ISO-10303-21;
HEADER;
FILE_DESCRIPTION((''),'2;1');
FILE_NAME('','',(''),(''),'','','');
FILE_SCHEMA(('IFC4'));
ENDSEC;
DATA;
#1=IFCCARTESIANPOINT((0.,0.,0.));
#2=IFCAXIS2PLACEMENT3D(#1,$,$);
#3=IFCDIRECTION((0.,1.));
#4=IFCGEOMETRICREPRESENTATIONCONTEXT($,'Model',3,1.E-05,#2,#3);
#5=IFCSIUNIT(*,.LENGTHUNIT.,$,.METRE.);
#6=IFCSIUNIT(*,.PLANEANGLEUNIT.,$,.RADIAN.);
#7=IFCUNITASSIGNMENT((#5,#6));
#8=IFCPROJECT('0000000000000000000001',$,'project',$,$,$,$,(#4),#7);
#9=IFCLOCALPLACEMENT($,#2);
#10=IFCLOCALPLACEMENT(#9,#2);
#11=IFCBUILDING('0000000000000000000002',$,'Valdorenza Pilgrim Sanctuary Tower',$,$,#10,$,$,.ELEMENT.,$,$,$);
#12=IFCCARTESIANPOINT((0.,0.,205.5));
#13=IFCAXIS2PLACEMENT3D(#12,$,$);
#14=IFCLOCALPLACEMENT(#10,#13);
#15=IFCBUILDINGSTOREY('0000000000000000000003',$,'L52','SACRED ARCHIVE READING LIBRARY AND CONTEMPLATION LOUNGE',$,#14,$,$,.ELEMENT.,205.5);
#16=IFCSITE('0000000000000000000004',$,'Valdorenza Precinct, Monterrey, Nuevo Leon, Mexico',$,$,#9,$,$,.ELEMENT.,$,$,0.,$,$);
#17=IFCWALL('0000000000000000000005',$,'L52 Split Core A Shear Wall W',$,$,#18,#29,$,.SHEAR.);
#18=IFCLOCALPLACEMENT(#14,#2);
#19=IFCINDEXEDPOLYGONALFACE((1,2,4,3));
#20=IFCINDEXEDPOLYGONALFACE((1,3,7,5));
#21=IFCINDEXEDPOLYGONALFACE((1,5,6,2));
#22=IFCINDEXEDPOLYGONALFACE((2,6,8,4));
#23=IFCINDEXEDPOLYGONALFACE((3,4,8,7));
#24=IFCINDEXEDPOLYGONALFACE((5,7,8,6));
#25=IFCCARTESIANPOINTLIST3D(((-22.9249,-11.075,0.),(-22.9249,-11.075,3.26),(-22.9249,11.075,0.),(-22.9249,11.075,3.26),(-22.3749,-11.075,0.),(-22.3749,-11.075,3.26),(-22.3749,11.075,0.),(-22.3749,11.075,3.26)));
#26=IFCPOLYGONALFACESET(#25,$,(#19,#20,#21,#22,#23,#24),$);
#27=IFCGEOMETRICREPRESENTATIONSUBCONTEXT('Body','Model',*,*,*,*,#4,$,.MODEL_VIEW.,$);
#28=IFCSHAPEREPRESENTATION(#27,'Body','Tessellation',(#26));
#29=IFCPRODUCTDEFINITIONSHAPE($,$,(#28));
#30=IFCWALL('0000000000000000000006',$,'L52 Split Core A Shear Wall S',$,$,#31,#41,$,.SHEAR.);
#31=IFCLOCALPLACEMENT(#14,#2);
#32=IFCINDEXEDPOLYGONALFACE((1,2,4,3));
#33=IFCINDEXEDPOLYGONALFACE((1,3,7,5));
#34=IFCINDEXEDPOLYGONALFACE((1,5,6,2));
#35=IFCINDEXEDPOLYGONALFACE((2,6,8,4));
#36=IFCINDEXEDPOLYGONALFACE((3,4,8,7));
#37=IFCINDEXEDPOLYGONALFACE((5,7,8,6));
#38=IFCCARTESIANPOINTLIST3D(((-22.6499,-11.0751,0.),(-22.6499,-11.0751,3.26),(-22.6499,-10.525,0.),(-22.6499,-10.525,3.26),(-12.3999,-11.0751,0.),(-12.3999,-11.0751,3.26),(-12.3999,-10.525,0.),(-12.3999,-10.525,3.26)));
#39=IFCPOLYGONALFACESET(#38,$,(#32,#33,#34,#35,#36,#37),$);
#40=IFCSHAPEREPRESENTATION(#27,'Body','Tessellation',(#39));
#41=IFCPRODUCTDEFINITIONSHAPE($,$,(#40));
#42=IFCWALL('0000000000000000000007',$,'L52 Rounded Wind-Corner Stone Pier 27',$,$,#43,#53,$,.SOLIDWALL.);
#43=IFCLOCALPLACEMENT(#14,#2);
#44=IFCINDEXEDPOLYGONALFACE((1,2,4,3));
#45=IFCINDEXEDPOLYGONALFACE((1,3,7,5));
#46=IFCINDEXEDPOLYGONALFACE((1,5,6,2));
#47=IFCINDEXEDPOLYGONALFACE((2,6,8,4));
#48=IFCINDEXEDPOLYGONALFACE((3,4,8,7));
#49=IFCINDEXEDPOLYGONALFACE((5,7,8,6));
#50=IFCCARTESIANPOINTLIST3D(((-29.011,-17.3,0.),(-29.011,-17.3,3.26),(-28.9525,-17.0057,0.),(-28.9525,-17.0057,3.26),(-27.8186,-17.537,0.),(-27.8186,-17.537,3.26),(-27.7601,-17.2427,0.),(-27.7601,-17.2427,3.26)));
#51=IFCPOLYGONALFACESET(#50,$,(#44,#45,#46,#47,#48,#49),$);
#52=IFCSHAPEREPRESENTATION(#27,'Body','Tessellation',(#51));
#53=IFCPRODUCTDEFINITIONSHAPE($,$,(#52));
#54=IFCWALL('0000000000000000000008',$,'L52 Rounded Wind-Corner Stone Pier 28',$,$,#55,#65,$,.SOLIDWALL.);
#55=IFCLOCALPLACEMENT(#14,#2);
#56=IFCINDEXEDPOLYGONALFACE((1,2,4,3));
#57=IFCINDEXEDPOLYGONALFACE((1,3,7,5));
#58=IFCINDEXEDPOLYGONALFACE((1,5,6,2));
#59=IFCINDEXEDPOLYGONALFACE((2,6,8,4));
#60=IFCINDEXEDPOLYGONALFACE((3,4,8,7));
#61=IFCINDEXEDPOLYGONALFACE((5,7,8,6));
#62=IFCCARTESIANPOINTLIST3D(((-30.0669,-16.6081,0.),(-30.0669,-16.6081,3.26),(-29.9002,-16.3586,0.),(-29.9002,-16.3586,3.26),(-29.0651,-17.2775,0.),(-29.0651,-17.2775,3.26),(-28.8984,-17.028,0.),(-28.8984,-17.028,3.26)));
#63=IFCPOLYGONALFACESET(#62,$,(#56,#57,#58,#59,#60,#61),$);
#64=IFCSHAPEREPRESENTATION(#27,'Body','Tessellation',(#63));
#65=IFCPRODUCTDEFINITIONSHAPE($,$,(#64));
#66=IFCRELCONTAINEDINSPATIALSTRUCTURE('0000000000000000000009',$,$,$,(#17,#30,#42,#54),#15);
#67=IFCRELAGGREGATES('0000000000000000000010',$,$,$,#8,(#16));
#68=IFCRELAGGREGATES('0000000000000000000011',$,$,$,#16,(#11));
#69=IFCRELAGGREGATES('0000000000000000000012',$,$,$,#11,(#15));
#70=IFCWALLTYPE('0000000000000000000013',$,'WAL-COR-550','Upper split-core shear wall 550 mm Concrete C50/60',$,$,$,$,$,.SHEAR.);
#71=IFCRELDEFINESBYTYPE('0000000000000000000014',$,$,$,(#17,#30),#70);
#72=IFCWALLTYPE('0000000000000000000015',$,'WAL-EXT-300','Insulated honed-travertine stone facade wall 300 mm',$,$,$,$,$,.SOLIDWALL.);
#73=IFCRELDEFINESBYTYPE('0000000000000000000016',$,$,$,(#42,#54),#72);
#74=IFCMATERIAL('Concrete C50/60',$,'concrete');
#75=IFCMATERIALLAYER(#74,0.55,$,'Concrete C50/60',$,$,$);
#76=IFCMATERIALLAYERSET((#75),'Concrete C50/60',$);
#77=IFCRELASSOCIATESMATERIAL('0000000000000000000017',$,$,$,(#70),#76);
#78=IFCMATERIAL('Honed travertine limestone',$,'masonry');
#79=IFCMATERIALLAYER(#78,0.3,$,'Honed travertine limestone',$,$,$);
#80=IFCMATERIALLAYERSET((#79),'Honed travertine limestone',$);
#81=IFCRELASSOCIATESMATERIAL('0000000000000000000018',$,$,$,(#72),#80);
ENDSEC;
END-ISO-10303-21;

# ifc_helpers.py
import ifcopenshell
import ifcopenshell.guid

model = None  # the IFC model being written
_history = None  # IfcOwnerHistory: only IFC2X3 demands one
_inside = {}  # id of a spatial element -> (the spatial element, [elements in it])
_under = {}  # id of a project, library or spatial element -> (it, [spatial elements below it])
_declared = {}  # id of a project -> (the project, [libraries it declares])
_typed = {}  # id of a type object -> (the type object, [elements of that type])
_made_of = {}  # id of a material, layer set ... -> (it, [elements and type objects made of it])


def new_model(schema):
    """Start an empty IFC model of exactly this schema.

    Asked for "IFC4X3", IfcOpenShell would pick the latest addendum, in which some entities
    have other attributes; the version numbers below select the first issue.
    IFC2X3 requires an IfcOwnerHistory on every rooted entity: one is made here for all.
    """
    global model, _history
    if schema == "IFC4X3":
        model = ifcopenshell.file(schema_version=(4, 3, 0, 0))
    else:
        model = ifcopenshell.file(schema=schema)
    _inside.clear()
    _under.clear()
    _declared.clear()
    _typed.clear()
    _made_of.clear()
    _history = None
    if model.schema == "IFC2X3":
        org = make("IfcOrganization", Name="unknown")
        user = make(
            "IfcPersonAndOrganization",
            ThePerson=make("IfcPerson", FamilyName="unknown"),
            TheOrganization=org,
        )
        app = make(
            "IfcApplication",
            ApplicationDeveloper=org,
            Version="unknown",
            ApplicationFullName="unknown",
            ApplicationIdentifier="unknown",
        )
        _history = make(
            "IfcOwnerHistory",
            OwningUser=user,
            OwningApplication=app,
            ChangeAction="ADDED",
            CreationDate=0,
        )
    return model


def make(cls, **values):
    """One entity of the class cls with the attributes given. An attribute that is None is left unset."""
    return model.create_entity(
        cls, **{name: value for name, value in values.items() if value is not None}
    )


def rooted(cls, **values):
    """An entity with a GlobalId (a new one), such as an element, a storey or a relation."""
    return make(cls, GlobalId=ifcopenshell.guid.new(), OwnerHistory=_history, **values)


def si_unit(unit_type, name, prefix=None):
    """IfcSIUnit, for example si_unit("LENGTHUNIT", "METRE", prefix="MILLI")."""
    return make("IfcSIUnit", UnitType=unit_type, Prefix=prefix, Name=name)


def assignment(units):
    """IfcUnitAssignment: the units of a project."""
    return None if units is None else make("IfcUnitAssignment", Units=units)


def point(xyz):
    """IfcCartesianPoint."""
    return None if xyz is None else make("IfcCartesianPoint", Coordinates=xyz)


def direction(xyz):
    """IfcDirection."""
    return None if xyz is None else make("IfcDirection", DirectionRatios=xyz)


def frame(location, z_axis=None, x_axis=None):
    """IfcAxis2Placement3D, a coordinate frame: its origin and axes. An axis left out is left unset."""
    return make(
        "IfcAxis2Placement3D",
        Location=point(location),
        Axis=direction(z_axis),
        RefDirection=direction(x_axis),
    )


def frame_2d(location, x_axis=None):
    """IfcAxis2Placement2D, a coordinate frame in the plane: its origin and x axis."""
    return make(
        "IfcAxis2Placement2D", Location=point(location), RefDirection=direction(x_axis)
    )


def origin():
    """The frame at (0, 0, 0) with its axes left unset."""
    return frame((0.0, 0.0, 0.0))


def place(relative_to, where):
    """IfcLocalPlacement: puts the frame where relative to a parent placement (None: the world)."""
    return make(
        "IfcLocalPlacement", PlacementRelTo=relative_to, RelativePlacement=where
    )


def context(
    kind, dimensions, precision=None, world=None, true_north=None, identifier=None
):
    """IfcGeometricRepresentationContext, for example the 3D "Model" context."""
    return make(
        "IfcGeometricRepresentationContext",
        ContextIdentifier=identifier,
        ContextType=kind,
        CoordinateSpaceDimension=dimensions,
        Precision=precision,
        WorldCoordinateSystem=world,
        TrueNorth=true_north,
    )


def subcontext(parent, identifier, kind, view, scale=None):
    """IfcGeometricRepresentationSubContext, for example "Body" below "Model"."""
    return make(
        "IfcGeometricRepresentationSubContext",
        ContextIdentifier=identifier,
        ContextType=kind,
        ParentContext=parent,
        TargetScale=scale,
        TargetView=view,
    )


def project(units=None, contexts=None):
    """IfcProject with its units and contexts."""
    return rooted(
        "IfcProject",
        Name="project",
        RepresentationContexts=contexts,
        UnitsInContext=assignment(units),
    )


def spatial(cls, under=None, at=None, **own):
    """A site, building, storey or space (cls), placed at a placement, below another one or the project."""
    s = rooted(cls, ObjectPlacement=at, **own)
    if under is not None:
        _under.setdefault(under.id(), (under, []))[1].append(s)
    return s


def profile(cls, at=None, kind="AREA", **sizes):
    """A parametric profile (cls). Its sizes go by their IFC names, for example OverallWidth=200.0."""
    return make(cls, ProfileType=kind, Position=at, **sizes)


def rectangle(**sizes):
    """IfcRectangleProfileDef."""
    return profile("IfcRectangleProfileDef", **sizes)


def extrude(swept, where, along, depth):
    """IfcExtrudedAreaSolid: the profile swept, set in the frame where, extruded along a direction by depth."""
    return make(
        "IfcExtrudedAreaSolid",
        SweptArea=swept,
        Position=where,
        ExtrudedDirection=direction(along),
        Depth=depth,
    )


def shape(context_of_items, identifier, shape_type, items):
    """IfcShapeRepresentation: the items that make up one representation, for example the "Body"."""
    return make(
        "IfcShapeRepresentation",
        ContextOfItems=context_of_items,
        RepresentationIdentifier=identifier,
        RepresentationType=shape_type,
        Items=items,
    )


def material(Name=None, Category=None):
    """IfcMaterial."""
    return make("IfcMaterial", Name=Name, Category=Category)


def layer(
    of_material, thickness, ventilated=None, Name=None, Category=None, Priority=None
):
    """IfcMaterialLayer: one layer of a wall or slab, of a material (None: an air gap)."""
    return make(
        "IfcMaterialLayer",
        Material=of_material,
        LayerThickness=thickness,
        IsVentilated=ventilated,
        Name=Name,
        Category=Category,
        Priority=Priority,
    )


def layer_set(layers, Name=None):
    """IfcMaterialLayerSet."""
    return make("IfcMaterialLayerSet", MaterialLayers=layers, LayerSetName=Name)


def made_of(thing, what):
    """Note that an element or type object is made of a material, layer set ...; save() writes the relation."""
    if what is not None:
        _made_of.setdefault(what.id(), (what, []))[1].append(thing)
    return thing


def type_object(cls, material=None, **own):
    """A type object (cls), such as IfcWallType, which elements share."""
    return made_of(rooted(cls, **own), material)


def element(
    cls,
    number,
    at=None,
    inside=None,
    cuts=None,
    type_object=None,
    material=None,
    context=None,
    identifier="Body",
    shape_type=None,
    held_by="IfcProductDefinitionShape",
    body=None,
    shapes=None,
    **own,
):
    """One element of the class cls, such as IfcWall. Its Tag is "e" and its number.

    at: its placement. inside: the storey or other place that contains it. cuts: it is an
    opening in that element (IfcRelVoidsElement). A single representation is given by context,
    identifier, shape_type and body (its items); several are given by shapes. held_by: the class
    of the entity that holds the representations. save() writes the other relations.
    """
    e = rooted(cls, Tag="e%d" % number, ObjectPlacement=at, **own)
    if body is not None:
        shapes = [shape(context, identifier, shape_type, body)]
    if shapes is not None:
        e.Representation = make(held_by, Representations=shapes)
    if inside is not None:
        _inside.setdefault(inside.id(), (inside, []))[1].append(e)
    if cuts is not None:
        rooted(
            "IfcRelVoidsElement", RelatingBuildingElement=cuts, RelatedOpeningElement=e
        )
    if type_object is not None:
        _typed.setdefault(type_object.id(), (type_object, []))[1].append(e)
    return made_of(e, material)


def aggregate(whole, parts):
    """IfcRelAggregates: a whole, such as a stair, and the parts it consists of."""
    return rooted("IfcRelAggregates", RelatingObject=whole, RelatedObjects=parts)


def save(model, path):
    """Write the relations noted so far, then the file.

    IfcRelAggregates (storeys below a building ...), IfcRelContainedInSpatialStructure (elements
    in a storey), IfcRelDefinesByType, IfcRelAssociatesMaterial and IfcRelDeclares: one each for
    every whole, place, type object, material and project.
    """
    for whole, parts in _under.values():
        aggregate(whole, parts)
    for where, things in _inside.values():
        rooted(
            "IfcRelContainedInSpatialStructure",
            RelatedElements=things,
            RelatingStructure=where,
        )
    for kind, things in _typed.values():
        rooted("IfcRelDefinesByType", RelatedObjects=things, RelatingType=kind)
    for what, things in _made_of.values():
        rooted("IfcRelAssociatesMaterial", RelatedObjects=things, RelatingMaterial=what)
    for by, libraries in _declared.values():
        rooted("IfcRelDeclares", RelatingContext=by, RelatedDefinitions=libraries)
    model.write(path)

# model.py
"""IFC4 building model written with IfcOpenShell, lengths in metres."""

from ifc_helpers import new_model, si_unit, direction, frame, frame_2d, origin, place, context, subcontext, project, spatial, rectangle, extrude, material, layer, layer_set, type_object, element, save


model = new_model("IFC4")

# Units and contexts
model_context = context("Model", 3, precision=1e-05, world=origin(), true_north=direction((0.0, 1.0)))
body_context = subcontext(model_context, "Body", "Model", "MODEL_VIEW")
ifc_project = project(units=[si_unit("LENGTHUNIT", "METRE"), si_unit("PLANEANGLEUNIT", "RADIAN")], contexts=[model_context])

# Site, building, storey
site_placement = place(None, origin())
site = spatial("IfcSite", under=ifc_project, at=site_placement, Name="Valdorenza Precinct, Monterrey, Nuevo Leon, Mexico", CompositionType="ELEMENT", RefElevation=0.0)
building_placement = place(site_placement, origin())
building = spatial("IfcBuilding", under=site, at=building_placement, Name="Valdorenza Pilgrim Sanctuary Tower", CompositionType="ELEMENT")
storey_placement = place(building_placement, frame((0.0, 0.0, 205.5)))
storey = spatial("IfcBuildingStorey", under=building, at=storey_placement, Name="L52", Description="SACRED ARCHIVE READING LIBRARY AND CONTEMPLATION LOUNGE", CompositionType="ELEMENT", Elevation=205.5)

# Shared definitions
ifc_material_1 = material(Name="Concrete C50/60", Category="concrete")

# Shared definitions
ifc_material_2 = material(Name="Honed travertine limestone", Category="masonry")

# Walls
ifc_layer_1 = layer(ifc_material_1, 0.55, Name="Concrete C50/60")
ifc_layer_set_1 = layer_set([ifc_layer_1], Name="Concrete C50/60")
wall_type_1 = type_object("IfcWallType", Name="WAL-COR-550", Description="Upper split-core shear wall 550 mm Concrete C50/60", PredefinedType="SHEAR", material=ifc_layer_set_1)
wall_1_placement = place(storey_placement, frame((-22.6499, -11.075, 0.0), z_axis=(0.0, 0.0, 1.0), x_axis=(0.0, 1.0, 0.0)))
element("IfcWall", 1, at=wall_1_placement, inside=storey, type_object=wall_type_1, Name="L52 Split Core A Shear Wall W", PredefinedType="SHEAR", context=body_context, shape_type="SweptSolid", body=[
    extrude(rectangle(XDim=22.1499, YDim=0.55, at=frame_2d((11.075, 0.0))), origin(), (0.0, 0.0, 1.0), 3.26),
])
wall_2_placement = place(storey_placement, frame((-22.6499, -10.8, 0.0), z_axis=(0.0, 0.0, 1.0), x_axis=(1.0, 0.0, 0.0)))
element("IfcWall", 2, at=wall_2_placement, inside=storey, type_object=wall_type_1, Name="L52 Split Core A Shear Wall S", PredefinedType="SHEAR", context=body_context, shape_type="SweptSolid", body=[
    extrude(rectangle(XDim=10.25, YDim=0.55, at=frame_2d((5.125, 0.0))), origin(), (0.0, 0.0, 1.0), 3.26),
])
ifc_layer_2 = layer(ifc_material_2, 0.3, Name="Honed travertine limestone")
ifc_layer_set_2 = layer_set([ifc_layer_2], Name="Honed travertine limestone")
wall_type_2 = type_object("IfcWallType", Name="WAL-EXT-300", Description="Insulated honed-travertine stone facade wall 300 mm", PredefinedType="SOLIDWALL", material=ifc_layer_set_2)
wall_3_placement = place(storey_placement, frame((-27.7893, -17.3899, 0.0), z_axis=(0.0, 0.0, 1.0), x_axis=(-0.980804, 0.194996, 0.0)))
element("IfcWall", 3, at=wall_3_placement, inside=storey, type_object=wall_type_2, Name="L52 Rounded Wind-Corner Stone Pier 27", PredefinedType="SOLIDWALL", context=body_context, shape_type="SweptSolid", body=[
    extrude(rectangle(XDim=1.2158, YDim=0.3, at=frame_2d((0.6079, 0.0))), origin(), (0.0, 0.0, 1.0), 3.26),
])
wall_4_placement = place(storey_placement, frame((-28.9817, -17.1528, 0.0), z_axis=(0.0, 0.0, 1.0), x_axis=(-0.831426, 0.555635, 0.0)))
element("IfcWall", 4, at=wall_4_placement, inside=storey, type_object=wall_type_2, Name="L52 Rounded Wind-Corner Stone Pier 28", PredefinedType="SOLIDWALL", context=body_context, shape_type="SweptSolid", body=[
    extrude(rectangle(XDim=1.2048, YDim=0.3, at=frame_2d((0.6025, 0.0))), origin(), (0.0, 0.0, 1.0), 3.26),
])

save(model, "model.ifc")
